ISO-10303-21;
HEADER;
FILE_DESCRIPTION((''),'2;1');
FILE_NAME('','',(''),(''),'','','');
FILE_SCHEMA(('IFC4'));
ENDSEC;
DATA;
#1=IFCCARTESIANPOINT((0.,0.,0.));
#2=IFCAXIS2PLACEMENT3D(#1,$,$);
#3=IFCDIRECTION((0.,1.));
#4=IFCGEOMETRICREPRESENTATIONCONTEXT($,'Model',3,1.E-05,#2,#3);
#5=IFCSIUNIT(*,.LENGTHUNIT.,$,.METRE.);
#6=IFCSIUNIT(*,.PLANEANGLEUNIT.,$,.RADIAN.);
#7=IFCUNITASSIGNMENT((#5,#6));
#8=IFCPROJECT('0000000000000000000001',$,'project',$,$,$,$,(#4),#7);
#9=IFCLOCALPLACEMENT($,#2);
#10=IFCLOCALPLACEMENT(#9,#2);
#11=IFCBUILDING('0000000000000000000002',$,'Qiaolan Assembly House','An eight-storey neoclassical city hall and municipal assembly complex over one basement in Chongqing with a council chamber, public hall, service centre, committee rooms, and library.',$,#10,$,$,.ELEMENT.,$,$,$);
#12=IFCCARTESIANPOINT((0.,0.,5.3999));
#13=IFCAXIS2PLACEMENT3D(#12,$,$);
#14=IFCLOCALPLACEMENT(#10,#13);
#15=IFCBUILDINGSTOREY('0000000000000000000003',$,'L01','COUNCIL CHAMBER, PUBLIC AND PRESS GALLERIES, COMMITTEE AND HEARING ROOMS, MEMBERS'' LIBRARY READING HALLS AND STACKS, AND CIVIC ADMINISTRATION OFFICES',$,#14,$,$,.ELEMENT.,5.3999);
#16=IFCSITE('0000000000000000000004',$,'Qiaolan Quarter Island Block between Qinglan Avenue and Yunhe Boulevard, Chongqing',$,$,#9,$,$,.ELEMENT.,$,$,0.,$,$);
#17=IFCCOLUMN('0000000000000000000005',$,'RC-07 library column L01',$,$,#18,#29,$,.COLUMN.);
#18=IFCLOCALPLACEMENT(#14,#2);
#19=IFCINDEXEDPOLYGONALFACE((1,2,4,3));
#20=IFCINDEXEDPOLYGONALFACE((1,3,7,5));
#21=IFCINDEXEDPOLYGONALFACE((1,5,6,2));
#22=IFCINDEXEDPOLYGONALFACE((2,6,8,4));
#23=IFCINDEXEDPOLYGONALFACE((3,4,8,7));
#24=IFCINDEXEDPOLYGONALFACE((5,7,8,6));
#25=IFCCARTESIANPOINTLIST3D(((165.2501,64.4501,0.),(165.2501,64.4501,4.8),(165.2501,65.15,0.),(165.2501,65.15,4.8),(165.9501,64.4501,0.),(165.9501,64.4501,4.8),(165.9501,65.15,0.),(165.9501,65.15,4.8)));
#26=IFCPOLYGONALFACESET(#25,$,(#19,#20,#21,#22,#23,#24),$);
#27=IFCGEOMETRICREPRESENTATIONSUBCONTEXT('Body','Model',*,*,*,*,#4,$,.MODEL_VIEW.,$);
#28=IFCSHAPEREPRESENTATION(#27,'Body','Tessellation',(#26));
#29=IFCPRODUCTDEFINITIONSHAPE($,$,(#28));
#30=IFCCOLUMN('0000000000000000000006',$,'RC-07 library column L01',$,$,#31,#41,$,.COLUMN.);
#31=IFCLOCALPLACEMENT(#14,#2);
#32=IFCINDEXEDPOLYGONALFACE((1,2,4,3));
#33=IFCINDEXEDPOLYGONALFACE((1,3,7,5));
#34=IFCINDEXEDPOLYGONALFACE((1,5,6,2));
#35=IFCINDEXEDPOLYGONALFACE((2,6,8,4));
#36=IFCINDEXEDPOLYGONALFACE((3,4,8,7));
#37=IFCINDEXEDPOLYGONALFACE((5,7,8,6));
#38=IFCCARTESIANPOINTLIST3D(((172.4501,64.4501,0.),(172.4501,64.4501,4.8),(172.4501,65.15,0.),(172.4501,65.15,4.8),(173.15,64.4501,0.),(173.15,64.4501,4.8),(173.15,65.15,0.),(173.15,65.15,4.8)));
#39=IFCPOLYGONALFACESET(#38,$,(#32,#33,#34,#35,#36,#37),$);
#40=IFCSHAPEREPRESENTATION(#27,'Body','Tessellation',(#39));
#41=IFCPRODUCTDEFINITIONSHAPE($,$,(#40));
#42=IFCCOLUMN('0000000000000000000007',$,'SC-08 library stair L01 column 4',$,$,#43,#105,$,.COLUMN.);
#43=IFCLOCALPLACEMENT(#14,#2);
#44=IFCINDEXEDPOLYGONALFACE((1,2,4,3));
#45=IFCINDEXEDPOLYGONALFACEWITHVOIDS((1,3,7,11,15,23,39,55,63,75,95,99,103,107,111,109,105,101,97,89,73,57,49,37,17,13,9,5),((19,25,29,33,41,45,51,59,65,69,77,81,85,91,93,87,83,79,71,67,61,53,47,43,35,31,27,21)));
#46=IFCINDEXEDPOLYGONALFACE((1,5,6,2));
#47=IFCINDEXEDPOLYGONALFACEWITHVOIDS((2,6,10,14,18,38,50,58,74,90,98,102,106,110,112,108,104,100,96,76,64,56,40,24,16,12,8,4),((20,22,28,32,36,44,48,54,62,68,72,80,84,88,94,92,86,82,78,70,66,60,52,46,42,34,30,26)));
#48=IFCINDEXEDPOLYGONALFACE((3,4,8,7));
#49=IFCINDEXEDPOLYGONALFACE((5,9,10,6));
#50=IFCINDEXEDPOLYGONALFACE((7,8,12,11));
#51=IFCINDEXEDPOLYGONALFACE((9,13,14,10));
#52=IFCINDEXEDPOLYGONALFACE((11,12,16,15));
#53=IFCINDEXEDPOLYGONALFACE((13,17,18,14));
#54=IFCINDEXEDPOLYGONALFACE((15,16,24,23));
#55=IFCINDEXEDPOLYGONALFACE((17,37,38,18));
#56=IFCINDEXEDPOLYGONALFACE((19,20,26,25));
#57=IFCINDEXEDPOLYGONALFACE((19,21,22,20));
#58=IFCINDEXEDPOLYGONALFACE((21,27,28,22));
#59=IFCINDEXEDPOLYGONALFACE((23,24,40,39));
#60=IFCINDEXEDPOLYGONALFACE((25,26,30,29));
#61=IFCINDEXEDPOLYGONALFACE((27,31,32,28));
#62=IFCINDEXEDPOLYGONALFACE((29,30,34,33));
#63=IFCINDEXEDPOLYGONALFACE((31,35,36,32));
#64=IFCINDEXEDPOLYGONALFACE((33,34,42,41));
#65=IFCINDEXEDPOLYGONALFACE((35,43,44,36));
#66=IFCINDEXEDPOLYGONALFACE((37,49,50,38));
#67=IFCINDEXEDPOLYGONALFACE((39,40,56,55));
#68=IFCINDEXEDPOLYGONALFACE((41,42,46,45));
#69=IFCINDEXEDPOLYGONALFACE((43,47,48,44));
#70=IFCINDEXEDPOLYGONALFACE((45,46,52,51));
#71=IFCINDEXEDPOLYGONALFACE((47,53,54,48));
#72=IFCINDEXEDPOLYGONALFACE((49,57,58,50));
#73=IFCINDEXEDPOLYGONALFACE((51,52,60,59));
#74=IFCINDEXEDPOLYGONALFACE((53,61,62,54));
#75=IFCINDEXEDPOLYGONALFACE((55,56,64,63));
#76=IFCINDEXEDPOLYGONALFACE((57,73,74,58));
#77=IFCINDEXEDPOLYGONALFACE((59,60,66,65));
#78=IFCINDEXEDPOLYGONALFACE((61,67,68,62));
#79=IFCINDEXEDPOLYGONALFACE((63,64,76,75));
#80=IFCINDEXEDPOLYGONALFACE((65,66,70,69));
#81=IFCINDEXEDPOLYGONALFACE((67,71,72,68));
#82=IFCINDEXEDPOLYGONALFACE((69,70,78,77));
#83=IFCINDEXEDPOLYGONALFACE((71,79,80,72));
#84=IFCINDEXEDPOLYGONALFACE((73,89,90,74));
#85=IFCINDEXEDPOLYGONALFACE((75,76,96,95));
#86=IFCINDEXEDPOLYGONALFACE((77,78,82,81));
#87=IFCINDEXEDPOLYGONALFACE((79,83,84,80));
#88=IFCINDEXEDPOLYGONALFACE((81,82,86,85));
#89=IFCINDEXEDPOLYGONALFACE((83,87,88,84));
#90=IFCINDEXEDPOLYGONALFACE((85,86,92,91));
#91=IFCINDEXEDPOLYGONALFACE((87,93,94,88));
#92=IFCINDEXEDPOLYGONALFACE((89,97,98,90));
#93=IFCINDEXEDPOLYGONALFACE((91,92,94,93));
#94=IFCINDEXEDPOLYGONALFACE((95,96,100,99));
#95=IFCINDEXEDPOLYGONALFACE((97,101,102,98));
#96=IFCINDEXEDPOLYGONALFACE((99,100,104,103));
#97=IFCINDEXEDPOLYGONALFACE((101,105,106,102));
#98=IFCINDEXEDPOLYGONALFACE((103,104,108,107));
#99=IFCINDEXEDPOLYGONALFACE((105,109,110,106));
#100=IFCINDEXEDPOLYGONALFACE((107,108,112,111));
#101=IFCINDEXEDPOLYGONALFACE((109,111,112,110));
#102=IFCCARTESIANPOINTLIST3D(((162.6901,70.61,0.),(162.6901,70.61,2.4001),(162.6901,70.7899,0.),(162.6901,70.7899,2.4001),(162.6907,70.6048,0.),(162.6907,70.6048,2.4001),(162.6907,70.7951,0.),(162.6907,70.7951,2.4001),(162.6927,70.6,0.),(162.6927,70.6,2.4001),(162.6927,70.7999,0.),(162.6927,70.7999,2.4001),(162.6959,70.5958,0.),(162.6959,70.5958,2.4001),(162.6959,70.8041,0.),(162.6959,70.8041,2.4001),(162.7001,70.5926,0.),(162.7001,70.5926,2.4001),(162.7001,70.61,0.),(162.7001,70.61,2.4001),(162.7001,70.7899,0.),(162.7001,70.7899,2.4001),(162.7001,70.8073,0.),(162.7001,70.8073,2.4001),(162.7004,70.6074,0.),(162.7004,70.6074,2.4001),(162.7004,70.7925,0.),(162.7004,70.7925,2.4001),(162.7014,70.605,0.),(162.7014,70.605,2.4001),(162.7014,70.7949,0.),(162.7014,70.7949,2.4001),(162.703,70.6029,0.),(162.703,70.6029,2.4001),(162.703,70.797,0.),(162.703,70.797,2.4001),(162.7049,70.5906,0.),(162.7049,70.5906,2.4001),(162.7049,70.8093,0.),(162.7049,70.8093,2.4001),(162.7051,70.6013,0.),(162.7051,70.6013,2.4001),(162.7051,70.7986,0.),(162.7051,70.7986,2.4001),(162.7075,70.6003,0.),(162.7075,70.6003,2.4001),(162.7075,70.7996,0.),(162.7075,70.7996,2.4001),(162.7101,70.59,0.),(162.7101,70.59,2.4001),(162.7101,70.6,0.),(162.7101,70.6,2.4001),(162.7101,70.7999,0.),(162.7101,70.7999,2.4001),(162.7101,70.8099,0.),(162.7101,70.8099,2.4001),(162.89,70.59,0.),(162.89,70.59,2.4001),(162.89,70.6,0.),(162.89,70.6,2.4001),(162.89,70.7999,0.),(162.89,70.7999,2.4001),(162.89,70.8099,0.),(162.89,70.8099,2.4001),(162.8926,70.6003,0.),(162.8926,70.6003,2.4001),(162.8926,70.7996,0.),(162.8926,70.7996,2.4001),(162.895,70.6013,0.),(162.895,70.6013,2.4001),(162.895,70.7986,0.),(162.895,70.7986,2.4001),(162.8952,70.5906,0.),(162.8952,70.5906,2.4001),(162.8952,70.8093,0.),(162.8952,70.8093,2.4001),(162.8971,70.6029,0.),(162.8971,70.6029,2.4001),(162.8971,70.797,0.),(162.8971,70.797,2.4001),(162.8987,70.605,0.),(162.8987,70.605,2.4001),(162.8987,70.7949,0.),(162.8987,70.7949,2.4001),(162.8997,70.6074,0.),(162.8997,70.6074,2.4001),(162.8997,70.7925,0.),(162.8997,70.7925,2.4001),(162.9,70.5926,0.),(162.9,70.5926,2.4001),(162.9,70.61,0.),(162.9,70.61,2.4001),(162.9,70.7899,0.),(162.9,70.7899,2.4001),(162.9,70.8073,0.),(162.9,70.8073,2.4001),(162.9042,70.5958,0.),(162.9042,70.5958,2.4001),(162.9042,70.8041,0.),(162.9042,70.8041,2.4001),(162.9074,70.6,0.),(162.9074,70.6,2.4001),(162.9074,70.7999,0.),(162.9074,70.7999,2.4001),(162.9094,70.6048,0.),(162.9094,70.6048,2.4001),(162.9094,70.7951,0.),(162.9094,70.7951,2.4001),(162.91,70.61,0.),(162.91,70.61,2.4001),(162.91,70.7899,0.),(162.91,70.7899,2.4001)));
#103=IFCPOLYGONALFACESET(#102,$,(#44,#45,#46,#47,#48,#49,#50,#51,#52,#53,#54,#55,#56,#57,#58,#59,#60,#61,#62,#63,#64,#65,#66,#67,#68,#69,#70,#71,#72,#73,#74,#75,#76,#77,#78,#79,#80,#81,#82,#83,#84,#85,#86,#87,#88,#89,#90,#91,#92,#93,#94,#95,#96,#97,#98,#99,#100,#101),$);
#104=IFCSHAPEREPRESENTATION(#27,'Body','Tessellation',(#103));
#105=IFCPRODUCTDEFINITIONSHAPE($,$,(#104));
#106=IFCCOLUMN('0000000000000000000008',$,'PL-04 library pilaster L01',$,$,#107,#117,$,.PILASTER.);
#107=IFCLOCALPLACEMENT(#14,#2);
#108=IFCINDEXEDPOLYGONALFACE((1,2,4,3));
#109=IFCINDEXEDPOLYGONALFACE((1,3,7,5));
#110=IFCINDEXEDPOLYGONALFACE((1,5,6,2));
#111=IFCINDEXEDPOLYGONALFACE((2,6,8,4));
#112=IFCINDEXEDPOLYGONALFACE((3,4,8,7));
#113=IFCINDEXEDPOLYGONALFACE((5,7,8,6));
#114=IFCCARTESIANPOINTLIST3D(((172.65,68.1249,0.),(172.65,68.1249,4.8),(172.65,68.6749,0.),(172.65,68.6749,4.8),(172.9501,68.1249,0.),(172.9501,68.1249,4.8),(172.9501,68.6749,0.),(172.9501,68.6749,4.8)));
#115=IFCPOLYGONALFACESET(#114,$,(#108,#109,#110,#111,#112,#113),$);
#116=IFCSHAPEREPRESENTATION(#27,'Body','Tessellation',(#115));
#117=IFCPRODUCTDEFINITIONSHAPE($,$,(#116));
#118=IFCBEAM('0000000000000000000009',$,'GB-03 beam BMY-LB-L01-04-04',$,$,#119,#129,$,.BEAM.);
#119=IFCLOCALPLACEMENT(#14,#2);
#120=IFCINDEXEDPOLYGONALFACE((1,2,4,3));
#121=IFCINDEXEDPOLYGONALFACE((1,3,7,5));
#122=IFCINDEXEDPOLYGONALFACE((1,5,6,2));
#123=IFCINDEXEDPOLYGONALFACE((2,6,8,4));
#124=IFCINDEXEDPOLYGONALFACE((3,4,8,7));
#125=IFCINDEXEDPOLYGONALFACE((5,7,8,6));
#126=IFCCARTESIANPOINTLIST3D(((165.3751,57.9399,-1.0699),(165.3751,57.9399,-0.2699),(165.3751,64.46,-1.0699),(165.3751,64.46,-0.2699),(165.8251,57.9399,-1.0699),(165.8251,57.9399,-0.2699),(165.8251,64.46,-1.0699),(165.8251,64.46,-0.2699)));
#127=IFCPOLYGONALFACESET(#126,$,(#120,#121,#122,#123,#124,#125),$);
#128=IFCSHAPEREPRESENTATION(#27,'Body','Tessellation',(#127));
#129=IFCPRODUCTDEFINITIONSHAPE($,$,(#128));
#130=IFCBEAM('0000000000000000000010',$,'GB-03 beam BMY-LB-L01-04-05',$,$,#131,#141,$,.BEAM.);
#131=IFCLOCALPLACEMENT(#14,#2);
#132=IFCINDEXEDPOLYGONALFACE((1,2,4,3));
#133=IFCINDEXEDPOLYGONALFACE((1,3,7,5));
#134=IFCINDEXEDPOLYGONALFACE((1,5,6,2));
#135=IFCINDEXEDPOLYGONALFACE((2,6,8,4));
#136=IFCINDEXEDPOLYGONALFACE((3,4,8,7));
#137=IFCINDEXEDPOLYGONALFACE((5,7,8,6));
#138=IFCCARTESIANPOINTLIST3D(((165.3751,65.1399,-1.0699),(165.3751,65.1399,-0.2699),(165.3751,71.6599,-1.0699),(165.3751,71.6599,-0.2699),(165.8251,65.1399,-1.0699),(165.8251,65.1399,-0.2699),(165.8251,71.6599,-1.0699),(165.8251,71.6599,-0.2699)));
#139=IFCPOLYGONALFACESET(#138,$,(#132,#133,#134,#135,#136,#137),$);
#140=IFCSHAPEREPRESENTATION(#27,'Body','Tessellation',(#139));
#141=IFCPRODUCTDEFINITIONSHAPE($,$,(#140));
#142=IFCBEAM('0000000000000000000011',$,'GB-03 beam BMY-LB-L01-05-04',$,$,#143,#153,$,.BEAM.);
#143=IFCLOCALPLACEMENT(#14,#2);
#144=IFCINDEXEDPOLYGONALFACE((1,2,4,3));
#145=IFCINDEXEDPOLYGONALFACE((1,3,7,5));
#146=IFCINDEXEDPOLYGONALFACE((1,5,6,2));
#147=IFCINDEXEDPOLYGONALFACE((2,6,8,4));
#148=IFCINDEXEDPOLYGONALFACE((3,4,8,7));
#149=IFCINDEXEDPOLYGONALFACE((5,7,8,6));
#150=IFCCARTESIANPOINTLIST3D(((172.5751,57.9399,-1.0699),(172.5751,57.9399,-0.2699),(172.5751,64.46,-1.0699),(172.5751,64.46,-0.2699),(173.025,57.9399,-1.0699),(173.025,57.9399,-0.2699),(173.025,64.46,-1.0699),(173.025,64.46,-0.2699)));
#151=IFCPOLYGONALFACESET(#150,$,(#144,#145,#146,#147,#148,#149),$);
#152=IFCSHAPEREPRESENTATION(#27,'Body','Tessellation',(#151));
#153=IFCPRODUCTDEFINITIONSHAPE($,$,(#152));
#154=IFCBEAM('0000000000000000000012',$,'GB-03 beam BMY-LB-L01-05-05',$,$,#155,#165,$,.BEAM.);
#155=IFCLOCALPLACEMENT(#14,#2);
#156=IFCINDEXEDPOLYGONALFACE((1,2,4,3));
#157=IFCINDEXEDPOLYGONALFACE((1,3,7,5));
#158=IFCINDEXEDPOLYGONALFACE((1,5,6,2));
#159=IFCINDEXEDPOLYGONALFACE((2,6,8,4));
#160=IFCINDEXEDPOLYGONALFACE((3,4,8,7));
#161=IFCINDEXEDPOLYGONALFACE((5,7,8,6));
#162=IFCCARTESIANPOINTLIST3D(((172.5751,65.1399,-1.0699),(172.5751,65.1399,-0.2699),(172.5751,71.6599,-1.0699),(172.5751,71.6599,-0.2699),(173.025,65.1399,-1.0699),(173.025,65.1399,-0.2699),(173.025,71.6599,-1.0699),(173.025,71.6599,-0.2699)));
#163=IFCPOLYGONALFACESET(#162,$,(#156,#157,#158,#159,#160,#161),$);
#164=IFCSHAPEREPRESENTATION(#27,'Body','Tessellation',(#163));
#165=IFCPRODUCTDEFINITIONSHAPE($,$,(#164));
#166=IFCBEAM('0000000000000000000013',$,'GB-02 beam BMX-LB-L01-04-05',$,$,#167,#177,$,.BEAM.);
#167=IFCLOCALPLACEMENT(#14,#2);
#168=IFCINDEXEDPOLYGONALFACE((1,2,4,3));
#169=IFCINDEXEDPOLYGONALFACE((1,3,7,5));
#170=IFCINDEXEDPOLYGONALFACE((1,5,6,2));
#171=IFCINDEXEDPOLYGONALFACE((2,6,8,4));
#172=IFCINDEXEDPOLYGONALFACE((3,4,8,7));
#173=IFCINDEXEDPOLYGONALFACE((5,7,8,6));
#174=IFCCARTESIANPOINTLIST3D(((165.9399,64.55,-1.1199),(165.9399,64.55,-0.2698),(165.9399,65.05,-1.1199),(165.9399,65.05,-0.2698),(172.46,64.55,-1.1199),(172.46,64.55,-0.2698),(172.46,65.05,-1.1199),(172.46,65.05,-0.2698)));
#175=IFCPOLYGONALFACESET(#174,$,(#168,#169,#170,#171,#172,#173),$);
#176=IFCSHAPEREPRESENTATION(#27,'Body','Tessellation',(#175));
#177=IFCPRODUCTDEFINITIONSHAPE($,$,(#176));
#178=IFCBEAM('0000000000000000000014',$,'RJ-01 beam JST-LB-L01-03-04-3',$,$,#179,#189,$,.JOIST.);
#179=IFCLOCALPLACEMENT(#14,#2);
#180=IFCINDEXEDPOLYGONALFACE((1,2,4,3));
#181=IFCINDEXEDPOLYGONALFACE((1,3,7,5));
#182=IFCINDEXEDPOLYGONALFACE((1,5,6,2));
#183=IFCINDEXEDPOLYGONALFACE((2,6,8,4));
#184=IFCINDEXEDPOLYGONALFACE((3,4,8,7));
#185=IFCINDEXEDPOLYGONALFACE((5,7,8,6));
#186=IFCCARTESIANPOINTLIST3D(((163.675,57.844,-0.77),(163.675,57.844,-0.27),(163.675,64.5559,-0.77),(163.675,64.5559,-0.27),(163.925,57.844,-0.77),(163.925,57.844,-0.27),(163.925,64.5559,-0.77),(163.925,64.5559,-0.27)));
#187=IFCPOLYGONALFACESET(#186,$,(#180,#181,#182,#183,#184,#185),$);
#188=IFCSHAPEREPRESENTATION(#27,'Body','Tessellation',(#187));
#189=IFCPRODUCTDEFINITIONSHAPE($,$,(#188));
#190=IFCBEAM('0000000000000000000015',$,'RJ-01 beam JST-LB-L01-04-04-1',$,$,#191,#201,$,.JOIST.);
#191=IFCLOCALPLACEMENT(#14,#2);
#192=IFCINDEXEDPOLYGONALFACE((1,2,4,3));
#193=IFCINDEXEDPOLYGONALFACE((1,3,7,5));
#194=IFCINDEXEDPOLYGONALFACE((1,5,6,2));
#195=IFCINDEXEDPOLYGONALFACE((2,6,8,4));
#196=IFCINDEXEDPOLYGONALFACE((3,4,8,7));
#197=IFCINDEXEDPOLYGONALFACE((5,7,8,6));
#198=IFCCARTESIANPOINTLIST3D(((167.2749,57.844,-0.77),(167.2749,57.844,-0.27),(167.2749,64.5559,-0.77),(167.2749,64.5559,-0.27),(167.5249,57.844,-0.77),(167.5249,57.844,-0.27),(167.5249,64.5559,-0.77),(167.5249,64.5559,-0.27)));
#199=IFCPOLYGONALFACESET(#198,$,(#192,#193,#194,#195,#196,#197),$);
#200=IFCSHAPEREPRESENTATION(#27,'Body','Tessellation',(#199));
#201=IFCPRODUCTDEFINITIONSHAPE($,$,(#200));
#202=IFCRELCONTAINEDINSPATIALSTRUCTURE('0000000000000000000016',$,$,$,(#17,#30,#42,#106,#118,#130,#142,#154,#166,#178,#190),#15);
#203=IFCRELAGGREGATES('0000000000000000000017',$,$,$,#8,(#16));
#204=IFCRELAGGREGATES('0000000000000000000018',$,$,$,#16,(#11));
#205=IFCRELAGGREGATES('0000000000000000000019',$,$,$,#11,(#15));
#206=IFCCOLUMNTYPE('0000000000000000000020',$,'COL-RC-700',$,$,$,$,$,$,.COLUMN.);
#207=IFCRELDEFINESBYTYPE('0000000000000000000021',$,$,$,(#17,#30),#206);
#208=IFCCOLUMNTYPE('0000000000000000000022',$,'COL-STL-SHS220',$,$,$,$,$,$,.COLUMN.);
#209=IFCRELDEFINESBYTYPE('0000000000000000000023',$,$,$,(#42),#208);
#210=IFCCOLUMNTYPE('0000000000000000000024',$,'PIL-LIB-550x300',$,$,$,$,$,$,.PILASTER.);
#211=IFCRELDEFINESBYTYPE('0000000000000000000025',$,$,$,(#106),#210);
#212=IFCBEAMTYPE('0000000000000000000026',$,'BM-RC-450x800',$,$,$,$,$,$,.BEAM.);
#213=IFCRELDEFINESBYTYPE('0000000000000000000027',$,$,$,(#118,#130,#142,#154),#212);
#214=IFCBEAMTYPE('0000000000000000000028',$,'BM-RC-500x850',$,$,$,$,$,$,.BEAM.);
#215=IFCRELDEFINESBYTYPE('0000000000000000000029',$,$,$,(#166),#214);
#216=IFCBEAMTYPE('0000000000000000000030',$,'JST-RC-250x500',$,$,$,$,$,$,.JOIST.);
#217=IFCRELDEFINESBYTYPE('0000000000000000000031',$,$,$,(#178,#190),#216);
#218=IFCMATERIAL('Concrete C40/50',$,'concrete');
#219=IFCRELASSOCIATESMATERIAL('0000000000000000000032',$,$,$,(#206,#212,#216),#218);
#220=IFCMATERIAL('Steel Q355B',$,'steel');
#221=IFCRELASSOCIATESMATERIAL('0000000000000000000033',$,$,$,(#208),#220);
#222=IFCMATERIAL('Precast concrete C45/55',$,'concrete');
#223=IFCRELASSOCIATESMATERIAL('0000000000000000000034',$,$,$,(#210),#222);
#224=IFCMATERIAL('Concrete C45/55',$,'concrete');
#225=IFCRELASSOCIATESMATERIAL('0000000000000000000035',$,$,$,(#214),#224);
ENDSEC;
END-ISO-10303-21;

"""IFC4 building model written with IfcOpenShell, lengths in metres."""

from ifc_helpers import new_model, si_unit, direction, frame, origin, origin_2d, place, context, subcontext, project, spatial, rectangle, hollow_rectangle, extrude, material, material_profile, profile_set, type_object, element, save


model = new_model("IFC4")

# Units and contexts
model_context = context("Model", 3, precision=1e-05, world=origin(), true_north=direction((0.0, 1.0)))
body_context = subcontext(model_context, "Body", "Model", "MODEL_VIEW")
ifc_project = project(units=[si_unit("LENGTHUNIT", "METRE"), si_unit("PLANEANGLEUNIT", "RADIAN")], contexts=[model_context])

# Site, building, storey
site_placement = place(None, origin())
site = spatial("IfcSite", under=ifc_project, at=site_placement, Name="Qiaolan Quarter Island Block between Qinglan Avenue and Yunhe Boulevard, Chongqing", CompositionType="ELEMENT", RefElevation=0.0)
building_placement = place(site_placement, origin())
building = spatial("IfcBuilding", under=site, at=building_placement, Name="Qiaolan Assembly House", Description="An eight-storey neoclassical city hall and municipal assembly complex over one basement in Chongqing with a council chamber, public hall, service centre, committee rooms, and library.", CompositionType="ELEMENT")
storey_placement = place(building_placement, frame((0.0, 0.0, 5.3999)))
storey = spatial("IfcBuildingStorey", under=building, at=storey_placement, Name="L01", Description="COUNCIL CHAMBER, PUBLIC AND PRESS GALLERIES, COMMITTEE AND HEARING ROOMS, MEMBERS' LIBRARY READING HALLS AND STACKS, AND CIVIC ADMINISTRATION OFFICES", CompositionType="ELEMENT", Elevation=5.3999)

# Columns
ifc_material_1 = material(Name="Concrete C40/50", Category="concrete")
ifc_material_profile_1 = material_profile(ifc_material_1, rectangle(XDim=0.7, YDim=0.7, at=origin_2d()), Name="RC 700x700")
ifc_profile_set_1 = profile_set([ifc_material_profile_1], Name="Concrete C40/50")
column_type_1 = type_object("IfcColumnType", Name="COL-RC-700", PredefinedType="COLUMN", material=ifc_profile_set_1)
for number, where, z_axis, x_axis, name in (
    (1, (165.6001, 64.8, 0.0), (0.0, 0.0, 1.0), (1.0, 0.0, 0.0), "RC-07 library column L01"),
    (2, (172.8, 64.8, 0.0), (0.0, 0.0, 1.0), (1.0, 0.0, 0.0), "RC-07 library column L01"),
):
    element("IfcColumn", number, at=place(storey_placement, frame(where, z_axis=z_axis, x_axis=x_axis)), inside=storey, type_object=column_type_1, Name=name, PredefinedType="COLUMN", context=body_context, shape_type="SweptSolid", body=[
        extrude(rectangle(XDim=0.7, YDim=0.7, at=origin_2d()), origin(), (0.0, 0.0, 1.0), 4.8),
    ])
ifc_material_2 = material(Name="Steel Q355B", Category="steel")
ifc_material_profile_2 = material_profile(ifc_material_2, hollow_rectangle(XDim=0.22, YDim=0.22, WallThickness=0.01, InnerFilletRadius=0.01, OuterFilletRadius=0.02, at=origin_2d()), Name="SHS 220x220x10")
ifc_profile_set_2 = profile_set([ifc_material_profile_2], Name="Steel Q355B")
column_type_2 = type_object("IfcColumnType", Name="COL-STL-SHS220", PredefinedType="COLUMN", material=ifc_profile_set_2)
column_1_placement = place(storey_placement, frame((162.8, 70.7, 0.0), z_axis=(0.0, 0.0, 1.0), x_axis=(1.0, 0.0, 0.0)))
element("IfcColumn", 3, at=column_1_placement, inside=storey, type_object=column_type_2, Name="SC-08 library stair L01 column 4", PredefinedType="COLUMN", context=body_context, shape_type="SweptSolid", body=[
    extrude(hollow_rectangle(XDim=0.22, YDim=0.22, WallThickness=0.01, InnerFilletRadius=0.01, OuterFilletRadius=0.02, at=origin_2d()), origin(), (0.0, 0.0, 1.0), 2.4001),
])
ifc_material_3 = material(Name="Precast concrete C45/55", Category="concrete")
ifc_material_profile_3 = material_profile(ifc_material_3, rectangle(XDim=0.55, YDim=0.3, at=origin_2d()), Name="PIL 550x300")
ifc_profile_set_3 = profile_set([ifc_material_profile_3], Name="Precast concrete C45/55")
column_type_3 = type_object("IfcColumnType", Name="PIL-LIB-550x300", PredefinedType="PILASTER", material=ifc_profile_set_3)
column_2_placement = place(storey_placement, frame((172.8, 68.3999, 0.0), z_axis=(0.0, 0.0, 1.0), x_axis=(0.0, 1.0, 0.0)))
element("IfcColumn", 4, at=column_2_placement, inside=storey, type_object=column_type_3, Name="PL-04 library pilaster L01", PredefinedType="PILASTER", context=body_context, shape_type="SweptSolid", body=[
    extrude(rectangle(XDim=0.55, YDim=0.3, at=origin_2d()), origin(), (0.0, 0.0, 1.0), 4.8),
])

# Beams
ifc_material_profile_4 = material_profile(ifc_material_1, rectangle(XDim=0.45, YDim=0.8, at=origin_2d()), Name="RCB 450x800")
ifc_profile_set_4 = profile_set([ifc_material_profile_4], Name="Concrete C40/50")
beam_type_1 = type_object("IfcBeamType", Name="BM-RC-450x800", PredefinedType="BEAM", material=ifc_profile_set_4)
for number, where, z_axis, x_axis, name in (
    (5, (165.6001, 57.9399, -0.6699), (0.0, 1.0, 0.0), (-1.0, 0.0, 0.0), "GB-03 beam BMY-LB-L01-04-04"),
    (6, (165.6001, 65.1399, -0.6699), (0.0, 1.0, 0.0), (-1.0, 0.0, 0.0), "GB-03 beam BMY-LB-L01-04-05"),
    (7, (172.8, 57.9399, -0.6699), (0.0, 1.0, 0.0), (-1.0, 0.0, 0.0), "GB-03 beam BMY-LB-L01-05-04"),
    (8, (172.8, 65.1399, -0.6699), (0.0, 1.0, 0.0), (-1.0, 0.0, 0.0), "GB-03 beam BMY-LB-L01-05-05"),
):
    element("IfcBeam", number, at=place(storey_placement, frame(where, z_axis=z_axis, x_axis=x_axis)), inside=storey, type_object=beam_type_1, Name=name, PredefinedType="BEAM", context=body_context, shape_type="SweptSolid", body=[
        extrude(rectangle(XDim=0.45, YDim=0.8, at=origin_2d()), origin(), (0.0, 0.0, 1.0), 6.52),
    ])
ifc_material_4 = material(Name="Concrete C45/55", Category="concrete")
ifc_material_profile_5 = material_profile(ifc_material_4, rectangle(XDim=0.5, YDim=0.8501, at=origin_2d()), Name="RCB 500x850")
ifc_profile_set_5 = profile_set([ifc_material_profile_5], Name="Concrete C45/55")
beam_type_2 = type_object("IfcBeamType", Name="BM-RC-500x850", PredefinedType="BEAM", material=ifc_profile_set_5)
beam_placement = place(storey_placement, frame((165.9399, 64.8, -0.6948), z_axis=(1.0, 0.0, 0.0), x_axis=(0.0, 1.0, 0.0)))
element("IfcBeam", 9, at=beam_placement, inside=storey, type_object=beam_type_2, Name="GB-02 beam BMX-LB-L01-04-05", PredefinedType="BEAM", context=body_context, shape_type="SweptSolid", body=[
    extrude(rectangle(XDim=0.5, YDim=0.8501, at=origin_2d()), origin(), (0.0, 0.0, 1.0), 6.52),
])
ifc_material_profile_6 = material_profile(ifc_material_1, rectangle(XDim=0.25, YDim=0.5, at=origin_2d()), Name="RCB 250x500")
ifc_profile_set_6 = profile_set([ifc_material_profile_6], Name="Concrete C40/50")
beam_type_3 = type_object("IfcBeamType", Name="JST-RC-250x500", PredefinedType="JOIST", material=ifc_profile_set_6)
for number, where, z_axis, x_axis, name in (
    (10, (163.8, 57.844, -0.52), (0.0, 1.0, 0.0), (-1.0, 0.0, 0.0), "RJ-01 beam JST-LB-L01-03-04-3"),
    (11, (167.3999, 57.844, -0.52), (0.0, 1.0, 0.0), (-1.0, 0.0, 0.0), "RJ-01 beam JST-LB-L01-04-04-1"),
):
    element("IfcBeam", number, at=place(storey_placement, frame(where, z_axis=z_axis, x_axis=x_axis)), inside=storey, type_object=beam_type_3, Name=name, PredefinedType="JOIST", context=body_context, shape_type="SweptSolid", body=[
        extrude(rectangle(XDim=0.25, YDim=0.5, at=origin_2d()), origin(), (0.0, 0.0, 1.0), 6.7119),
    ])

save(model, "model.ifc")
